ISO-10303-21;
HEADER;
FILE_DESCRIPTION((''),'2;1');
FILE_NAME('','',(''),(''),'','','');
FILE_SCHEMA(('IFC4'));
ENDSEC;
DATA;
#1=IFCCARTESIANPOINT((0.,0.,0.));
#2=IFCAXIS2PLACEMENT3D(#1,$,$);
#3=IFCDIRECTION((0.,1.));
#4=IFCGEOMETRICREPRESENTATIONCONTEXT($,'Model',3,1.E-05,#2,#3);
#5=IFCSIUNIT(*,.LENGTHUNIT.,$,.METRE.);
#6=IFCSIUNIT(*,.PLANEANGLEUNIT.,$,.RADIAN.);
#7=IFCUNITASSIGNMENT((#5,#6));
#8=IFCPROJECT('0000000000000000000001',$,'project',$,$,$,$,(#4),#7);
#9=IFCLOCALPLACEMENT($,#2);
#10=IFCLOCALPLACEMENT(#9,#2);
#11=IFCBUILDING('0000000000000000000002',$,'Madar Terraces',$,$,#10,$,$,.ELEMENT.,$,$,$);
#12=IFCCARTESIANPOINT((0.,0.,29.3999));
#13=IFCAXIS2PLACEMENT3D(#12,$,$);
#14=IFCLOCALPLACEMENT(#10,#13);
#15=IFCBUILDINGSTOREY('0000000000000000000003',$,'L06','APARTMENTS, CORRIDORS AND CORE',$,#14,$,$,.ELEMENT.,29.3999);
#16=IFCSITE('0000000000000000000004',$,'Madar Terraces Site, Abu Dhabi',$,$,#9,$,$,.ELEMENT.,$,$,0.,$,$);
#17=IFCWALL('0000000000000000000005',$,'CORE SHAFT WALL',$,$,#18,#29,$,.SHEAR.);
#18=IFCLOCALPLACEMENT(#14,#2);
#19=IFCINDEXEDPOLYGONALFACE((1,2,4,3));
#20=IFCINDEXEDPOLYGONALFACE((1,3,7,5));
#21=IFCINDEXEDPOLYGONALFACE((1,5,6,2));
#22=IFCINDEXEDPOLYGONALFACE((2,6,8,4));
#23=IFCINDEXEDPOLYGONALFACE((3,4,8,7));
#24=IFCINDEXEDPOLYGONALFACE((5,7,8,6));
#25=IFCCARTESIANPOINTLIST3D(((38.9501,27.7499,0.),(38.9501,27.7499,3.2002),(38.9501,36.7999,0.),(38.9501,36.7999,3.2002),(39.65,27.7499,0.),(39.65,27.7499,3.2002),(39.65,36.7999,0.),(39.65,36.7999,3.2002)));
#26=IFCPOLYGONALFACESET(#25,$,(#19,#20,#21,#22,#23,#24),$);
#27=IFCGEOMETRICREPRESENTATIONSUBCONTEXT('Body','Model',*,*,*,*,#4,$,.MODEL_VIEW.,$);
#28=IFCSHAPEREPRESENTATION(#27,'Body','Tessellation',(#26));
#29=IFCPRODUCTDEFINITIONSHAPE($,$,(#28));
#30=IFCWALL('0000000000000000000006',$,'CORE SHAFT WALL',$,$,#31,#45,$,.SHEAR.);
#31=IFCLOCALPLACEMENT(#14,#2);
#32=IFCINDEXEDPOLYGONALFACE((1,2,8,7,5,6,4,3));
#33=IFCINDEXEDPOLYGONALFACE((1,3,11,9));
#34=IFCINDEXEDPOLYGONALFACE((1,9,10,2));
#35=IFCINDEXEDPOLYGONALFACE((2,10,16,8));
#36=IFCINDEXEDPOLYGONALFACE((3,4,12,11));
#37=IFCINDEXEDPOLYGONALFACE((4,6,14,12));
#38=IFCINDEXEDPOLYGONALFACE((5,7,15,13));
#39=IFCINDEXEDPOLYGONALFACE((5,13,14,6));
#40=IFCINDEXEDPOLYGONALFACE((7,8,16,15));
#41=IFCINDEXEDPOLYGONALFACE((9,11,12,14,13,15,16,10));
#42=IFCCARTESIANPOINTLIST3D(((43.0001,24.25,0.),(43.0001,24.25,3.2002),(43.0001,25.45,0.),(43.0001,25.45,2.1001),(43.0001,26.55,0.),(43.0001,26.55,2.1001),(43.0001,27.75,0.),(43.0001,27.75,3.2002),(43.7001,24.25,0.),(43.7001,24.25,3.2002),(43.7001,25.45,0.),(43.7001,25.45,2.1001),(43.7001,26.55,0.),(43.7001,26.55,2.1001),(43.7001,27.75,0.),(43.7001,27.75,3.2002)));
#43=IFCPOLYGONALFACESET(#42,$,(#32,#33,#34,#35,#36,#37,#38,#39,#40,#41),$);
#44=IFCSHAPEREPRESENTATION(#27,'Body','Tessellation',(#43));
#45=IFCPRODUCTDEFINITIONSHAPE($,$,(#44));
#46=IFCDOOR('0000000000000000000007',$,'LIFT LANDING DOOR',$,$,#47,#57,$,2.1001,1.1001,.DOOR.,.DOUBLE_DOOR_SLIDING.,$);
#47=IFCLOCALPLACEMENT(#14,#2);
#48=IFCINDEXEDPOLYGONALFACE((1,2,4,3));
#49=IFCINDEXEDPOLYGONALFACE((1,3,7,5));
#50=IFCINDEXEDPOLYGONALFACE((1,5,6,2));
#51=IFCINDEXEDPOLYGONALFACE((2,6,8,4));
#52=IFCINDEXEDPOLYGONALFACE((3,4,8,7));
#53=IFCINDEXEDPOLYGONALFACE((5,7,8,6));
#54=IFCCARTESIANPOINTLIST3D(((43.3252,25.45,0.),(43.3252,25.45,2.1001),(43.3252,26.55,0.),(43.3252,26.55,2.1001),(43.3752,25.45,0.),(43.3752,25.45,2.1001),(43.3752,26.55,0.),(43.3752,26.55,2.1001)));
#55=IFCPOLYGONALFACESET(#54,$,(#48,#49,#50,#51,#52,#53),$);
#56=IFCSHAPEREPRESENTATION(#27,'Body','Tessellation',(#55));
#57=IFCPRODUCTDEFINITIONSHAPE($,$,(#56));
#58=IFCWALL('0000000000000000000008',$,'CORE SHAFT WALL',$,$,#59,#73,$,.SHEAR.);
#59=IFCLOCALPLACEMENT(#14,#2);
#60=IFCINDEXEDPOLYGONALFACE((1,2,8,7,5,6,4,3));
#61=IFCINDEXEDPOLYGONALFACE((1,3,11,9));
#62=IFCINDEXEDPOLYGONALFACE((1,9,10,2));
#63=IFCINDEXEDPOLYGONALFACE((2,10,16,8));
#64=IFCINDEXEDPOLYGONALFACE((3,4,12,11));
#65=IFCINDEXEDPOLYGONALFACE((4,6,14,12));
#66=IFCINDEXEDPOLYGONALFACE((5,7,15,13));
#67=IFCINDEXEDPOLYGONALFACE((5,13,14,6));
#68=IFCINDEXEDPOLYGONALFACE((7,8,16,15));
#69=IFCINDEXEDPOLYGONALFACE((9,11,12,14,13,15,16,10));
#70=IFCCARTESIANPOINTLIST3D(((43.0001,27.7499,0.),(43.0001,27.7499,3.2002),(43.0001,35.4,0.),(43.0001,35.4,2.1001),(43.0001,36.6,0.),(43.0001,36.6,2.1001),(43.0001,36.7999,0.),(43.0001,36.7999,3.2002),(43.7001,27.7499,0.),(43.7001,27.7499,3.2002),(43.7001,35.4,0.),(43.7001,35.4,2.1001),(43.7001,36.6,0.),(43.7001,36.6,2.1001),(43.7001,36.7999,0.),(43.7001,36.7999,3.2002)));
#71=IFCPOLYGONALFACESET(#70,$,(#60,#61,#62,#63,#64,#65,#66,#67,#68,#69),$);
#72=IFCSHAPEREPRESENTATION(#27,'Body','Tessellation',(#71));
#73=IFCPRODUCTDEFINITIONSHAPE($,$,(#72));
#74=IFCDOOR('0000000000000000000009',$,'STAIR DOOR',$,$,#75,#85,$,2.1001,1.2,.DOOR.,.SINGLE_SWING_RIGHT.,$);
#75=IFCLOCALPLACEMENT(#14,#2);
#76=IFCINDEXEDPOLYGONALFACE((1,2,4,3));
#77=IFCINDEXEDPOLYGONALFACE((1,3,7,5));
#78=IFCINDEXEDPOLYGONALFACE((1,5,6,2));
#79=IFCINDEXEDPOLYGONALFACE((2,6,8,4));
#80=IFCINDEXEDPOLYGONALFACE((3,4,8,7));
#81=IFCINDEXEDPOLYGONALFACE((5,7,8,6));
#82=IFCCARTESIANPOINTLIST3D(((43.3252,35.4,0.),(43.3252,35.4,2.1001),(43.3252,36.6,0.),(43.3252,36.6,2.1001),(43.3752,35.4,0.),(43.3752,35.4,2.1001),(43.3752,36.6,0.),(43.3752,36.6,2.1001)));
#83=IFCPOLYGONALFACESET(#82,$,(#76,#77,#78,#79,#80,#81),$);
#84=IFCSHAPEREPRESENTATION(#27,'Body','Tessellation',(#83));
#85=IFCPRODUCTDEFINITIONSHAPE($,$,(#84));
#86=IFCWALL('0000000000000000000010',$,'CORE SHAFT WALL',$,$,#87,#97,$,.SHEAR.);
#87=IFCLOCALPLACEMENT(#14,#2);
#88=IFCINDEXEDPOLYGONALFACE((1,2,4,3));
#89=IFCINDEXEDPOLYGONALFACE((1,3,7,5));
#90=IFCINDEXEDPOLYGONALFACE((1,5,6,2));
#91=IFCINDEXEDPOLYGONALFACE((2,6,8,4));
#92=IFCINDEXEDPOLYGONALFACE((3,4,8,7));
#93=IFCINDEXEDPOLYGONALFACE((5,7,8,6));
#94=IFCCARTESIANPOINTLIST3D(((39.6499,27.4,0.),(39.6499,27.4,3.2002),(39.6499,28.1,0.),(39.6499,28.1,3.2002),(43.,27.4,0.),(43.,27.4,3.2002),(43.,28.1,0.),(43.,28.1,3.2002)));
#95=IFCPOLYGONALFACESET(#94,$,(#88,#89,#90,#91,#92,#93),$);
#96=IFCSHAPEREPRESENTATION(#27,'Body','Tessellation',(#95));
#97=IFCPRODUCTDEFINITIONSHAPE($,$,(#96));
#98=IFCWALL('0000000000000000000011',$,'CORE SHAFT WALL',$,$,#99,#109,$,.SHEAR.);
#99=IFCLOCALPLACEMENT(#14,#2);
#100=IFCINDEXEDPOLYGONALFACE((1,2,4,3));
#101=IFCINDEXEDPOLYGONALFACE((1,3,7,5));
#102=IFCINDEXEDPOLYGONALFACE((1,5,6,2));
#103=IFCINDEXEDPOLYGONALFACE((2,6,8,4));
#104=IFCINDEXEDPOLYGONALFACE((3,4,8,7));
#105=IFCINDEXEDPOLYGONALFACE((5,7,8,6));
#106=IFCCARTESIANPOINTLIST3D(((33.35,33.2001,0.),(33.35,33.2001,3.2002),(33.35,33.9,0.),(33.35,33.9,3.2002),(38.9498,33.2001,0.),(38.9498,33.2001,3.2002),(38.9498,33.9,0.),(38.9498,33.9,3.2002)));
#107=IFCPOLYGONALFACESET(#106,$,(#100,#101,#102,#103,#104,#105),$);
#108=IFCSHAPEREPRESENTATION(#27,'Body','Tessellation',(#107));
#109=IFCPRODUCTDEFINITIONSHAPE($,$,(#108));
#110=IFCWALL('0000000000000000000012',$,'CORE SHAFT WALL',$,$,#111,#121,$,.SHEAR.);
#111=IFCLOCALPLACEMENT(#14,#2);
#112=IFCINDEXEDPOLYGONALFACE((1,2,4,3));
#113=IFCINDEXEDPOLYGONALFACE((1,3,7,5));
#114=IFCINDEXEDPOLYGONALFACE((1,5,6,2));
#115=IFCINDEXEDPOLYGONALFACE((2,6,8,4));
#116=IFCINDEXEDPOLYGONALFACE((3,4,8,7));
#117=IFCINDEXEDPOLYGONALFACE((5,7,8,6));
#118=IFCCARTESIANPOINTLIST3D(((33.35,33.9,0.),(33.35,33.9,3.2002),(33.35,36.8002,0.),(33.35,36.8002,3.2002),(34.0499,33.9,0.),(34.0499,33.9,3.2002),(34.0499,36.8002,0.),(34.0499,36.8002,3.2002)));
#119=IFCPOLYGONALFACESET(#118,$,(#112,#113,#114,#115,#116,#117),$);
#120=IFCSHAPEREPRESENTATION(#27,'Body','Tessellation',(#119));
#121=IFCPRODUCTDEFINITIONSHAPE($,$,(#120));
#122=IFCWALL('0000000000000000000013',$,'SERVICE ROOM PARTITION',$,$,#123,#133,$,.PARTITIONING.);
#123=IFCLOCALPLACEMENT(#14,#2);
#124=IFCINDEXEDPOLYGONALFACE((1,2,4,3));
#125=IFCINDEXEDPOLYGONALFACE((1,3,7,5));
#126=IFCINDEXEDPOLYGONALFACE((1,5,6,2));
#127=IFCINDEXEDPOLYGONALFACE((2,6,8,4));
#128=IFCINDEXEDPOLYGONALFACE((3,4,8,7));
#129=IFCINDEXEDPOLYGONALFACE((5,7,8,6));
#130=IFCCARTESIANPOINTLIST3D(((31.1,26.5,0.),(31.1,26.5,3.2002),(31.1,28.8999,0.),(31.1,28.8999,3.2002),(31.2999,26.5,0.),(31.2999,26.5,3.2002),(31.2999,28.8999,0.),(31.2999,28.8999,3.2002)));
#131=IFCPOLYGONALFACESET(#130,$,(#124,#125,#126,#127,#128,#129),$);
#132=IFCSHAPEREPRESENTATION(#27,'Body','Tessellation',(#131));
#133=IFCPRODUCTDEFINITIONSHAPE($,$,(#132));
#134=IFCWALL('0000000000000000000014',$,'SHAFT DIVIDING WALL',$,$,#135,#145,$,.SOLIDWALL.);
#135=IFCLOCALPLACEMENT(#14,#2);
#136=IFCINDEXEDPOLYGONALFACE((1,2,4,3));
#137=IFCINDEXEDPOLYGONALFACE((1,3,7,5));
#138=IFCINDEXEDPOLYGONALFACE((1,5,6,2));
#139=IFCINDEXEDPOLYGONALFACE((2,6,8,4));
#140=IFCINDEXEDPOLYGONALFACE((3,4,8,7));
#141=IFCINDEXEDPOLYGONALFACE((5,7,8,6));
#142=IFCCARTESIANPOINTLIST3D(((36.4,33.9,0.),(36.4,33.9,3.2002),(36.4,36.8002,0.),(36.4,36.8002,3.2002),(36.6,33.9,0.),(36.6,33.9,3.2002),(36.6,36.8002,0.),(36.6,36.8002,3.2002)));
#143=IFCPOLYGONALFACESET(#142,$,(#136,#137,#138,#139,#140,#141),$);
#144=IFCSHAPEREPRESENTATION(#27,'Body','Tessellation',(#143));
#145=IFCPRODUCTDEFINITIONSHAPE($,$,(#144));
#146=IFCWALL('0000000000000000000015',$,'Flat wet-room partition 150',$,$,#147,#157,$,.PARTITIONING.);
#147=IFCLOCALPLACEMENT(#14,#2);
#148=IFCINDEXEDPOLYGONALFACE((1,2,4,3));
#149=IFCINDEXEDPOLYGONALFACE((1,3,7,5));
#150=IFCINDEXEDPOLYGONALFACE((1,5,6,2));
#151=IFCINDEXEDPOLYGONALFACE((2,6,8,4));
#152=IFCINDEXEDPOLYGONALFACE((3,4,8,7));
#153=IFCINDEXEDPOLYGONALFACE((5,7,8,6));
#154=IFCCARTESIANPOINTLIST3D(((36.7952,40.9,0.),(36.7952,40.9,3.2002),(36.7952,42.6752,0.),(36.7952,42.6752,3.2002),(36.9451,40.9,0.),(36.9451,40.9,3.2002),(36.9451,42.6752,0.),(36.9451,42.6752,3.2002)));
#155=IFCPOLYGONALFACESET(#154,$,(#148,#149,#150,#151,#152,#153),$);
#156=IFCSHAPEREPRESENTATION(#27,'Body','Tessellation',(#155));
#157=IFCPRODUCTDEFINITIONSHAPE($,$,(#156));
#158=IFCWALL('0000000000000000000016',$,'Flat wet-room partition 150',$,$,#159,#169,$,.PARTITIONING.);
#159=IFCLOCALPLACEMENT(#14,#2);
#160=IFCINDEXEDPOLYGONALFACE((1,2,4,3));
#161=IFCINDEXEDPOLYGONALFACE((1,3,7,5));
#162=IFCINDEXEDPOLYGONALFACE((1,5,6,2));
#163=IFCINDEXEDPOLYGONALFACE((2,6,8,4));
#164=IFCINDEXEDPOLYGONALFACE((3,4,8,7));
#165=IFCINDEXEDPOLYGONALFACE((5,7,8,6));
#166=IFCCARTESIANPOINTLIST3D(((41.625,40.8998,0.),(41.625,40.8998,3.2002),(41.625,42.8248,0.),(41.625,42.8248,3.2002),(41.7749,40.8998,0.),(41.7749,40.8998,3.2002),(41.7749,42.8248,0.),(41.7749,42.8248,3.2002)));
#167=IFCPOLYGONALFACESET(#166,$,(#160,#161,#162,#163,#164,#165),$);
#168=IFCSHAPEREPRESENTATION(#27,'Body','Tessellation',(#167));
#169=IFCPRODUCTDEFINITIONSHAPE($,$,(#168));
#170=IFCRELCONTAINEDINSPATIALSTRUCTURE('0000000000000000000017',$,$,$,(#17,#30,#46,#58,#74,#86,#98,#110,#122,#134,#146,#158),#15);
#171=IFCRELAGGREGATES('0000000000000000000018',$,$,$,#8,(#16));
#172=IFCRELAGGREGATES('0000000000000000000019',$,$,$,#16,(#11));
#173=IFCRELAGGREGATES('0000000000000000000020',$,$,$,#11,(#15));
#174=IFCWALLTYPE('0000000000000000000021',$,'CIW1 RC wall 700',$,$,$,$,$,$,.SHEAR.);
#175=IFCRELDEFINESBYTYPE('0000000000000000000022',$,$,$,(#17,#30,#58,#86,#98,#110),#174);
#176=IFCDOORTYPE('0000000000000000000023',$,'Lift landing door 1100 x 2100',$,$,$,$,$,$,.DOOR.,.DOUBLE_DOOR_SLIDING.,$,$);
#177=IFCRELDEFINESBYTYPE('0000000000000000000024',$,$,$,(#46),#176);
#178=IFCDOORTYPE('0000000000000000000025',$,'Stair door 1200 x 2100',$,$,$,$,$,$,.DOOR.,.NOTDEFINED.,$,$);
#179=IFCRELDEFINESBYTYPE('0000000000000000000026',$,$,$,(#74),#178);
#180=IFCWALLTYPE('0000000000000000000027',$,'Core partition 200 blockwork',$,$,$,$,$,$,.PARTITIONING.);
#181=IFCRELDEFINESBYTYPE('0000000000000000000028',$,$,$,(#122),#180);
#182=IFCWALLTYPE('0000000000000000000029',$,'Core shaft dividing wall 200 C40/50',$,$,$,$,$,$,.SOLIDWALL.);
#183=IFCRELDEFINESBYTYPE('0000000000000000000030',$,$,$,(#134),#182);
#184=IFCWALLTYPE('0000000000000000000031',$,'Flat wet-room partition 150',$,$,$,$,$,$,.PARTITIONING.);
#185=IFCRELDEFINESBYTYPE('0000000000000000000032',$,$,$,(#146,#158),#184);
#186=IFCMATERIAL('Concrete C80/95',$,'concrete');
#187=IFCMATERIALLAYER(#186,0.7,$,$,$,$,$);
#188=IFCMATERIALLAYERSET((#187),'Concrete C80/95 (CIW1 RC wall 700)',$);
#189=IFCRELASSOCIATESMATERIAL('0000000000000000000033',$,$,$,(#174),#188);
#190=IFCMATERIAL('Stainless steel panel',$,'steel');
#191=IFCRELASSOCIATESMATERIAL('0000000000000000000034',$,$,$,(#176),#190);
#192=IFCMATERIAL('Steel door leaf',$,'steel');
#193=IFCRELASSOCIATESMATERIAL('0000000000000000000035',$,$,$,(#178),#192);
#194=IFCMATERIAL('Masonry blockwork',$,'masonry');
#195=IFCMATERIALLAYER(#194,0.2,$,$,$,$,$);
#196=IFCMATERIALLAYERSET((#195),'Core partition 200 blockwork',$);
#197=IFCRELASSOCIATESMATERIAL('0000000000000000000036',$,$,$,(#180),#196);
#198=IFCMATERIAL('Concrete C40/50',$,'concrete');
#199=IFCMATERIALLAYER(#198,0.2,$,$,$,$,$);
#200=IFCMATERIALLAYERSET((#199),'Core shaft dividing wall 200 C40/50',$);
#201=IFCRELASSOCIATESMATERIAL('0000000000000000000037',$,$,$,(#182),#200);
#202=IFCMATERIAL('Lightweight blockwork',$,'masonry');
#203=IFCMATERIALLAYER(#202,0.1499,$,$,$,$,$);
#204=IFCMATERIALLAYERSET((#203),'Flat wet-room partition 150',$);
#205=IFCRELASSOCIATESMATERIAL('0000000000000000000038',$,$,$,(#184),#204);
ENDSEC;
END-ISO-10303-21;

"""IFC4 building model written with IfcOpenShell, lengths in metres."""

from ifc_helpers import new_model, si_unit, direction, frame, frame_2d, origin, place, context, subcontext, project, spatial, rectangle, extrude, material, layer, layer_set, type_object, element, fill, save


model = new_model("IFC4")

# Units and contexts
model_context = context("Model", 3, precision=1e-05, world=origin(), true_north=direction((0.0, 1.0)))
body_context = subcontext(model_context, "Body", "Model", "MODEL_VIEW")
ifc_project = project(units=[si_unit("LENGTHUNIT", "METRE"), si_unit("PLANEANGLEUNIT", "RADIAN")], contexts=[model_context])

# Site, building, storey
site_placement = place(None, origin())
site = spatial("IfcSite", under=ifc_project, at=site_placement, Name="Madar Terraces Site, Abu Dhabi", CompositionType="ELEMENT", RefElevation=0.0)
building_placement = place(site_placement, origin())
building = spatial("IfcBuilding", under=site, at=building_placement, Name="Madar Terraces", CompositionType="ELEMENT")
storey_placement = place(building_placement, frame((0.0, 0.0, 29.3999)))
storey = spatial("IfcBuildingStorey", under=building, at=storey_placement, Name="L06", Description="APARTMENTS, CORRIDORS AND CORE", CompositionType="ELEMENT", Elevation=29.3999)

# Wall
ifc_material_1 = material(Name="Concrete C80/95", Category="concrete")
ifc_layer_1 = layer(ifc_material_1, 0.7)
ifc_layer_set_1 = layer_set([ifc_layer_1], Name="Concrete C80/95 (CIW1 RC wall 700)")
wall_type_1 = type_object("IfcWallType", Name="CIW1 RC wall 700", PredefinedType="SHEAR", material=ifc_layer_set_1)
wall_1_placement = place(storey_placement, frame((39.3, 27.75, 0.0), z_axis=(0.0, 0.0, 1.0), x_axis=(0.0, 1.0, 0.0)))
element("IfcWall", 1, at=wall_1_placement, inside=storey, type_object=wall_type_1, Name="CORE SHAFT WALL", PredefinedType="SHEAR", context=body_context, shape_type="SweptSolid", body=[
    extrude(rectangle(XDim=9.05, YDim=0.7, at=frame_2d((4.5249, 0.0))), origin(), (0.0, 0.0, 1.0), 3.2002),
])

# Walls, openings, doors
wall_2_placement = place(storey_placement, frame((43.3501, 24.25, 0.0), z_axis=(0.0, 0.0, 1.0), x_axis=(0.0, 1.0, 0.0)))
wall_2 = element("IfcWall", 2, at=wall_2_placement, inside=storey, type_object=wall_type_1, Name="CORE SHAFT WALL", PredefinedType="SHEAR", context=body_context, shape_type="SweptSolid", body=[
    extrude(rectangle(XDim=3.5, YDim=0.7, at=frame_2d((1.75, 0.0))), origin(), (0.0, 0.0, 1.0), 3.2002),
])
opening_1_placement = place(wall_2_placement, frame((1.2, 0.0, 0.0)))
opening_1 = element("IfcOpeningElement", 3, at=opening_1_placement, cuts=wall_2, PredefinedType="OPENING", context=body_context, shape_type="SweptSolid", body=[
    extrude(rectangle(XDim=1.1001, YDim=2.1001, at=frame_2d((0.55, 1.05))), frame((0.0, 0.3599, 0.0), z_axis=(0.0, -1.0, 0.0), x_axis=(1.0, 0.0, 0.0)), (0.0, 0.0, 1.0), 0.72),
])
ifc_material_2 = material(Name="Stainless steel panel", Category="steel")
door_type_1 = type_object("IfcDoorType", Name="Lift landing door 1100 x 2100", OperationType="DOUBLE_DOOR_SLIDING", PredefinedType="DOOR", material=ifc_material_2)
door_1_placement = place(opening_1_placement, origin())
door_1 = element("IfcDoor", 4, at=door_1_placement, inside=storey, type_object=door_type_1, Name="LIFT LANDING DOOR", OperationType="DOUBLE_DOOR_SLIDING", OverallHeight=2.1001, OverallWidth=1.1001, PredefinedType="DOOR", context=body_context, shape_type="SweptSolid", body=[
    extrude(rectangle(XDim=1.1001, YDim=2.1001, at=frame_2d((0.55, 1.05))), frame((0.0, 0.0249, 0.0), z_axis=(0.0, -1.0, 0.0), x_axis=(1.0, 0.0, 0.0)), (0.0, 0.0, 1.0), 0.05),
])
fill(opening_1, door_1)
wall_3_placement = place(storey_placement, frame((43.3501, 27.75, 0.0), z_axis=(0.0, 0.0, 1.0), x_axis=(0.0, 1.0, 0.0)))
wall_3 = element("IfcWall", 5, at=wall_3_placement, inside=storey, type_object=wall_type_1, Name="CORE SHAFT WALL", PredefinedType="SHEAR", context=body_context, shape_type="SweptSolid", body=[
    extrude(rectangle(XDim=9.05, YDim=0.7, at=frame_2d((4.5249, 0.0))), origin(), (0.0, 0.0, 1.0), 3.2002),
])
opening_2_placement = place(wall_3_placement, frame((7.6499, 0.0, 0.0)))
opening_2 = element("IfcOpeningElement", 6, at=opening_2_placement, cuts=wall_3, PredefinedType="OPENING", context=body_context, shape_type="SweptSolid", body=[
    extrude(rectangle(XDim=1.2, YDim=2.1001, at=frame_2d((0.6001, 1.05))), frame((0.0, 0.3599, 0.0), z_axis=(0.0, -1.0, 0.0), x_axis=(1.0, 0.0, 0.0)), (0.0, 0.0, 1.0), 0.72),
])
ifc_material_3 = material(Name="Steel door leaf", Category="steel")
door_type_2 = type_object("IfcDoorType", Name="Stair door 1200 x 2100", OperationType="NOTDEFINED", PredefinedType="DOOR", material=ifc_material_3)
door_2_placement = place(opening_2_placement, origin())
door_2 = element("IfcDoor", 7, at=door_2_placement, inside=storey, type_object=door_type_2, Name="STAIR DOOR", OperationType="SINGLE_SWING_RIGHT", OverallHeight=2.1001, OverallWidth=1.2, PredefinedType="DOOR", context=body_context, shape_type="SweptSolid", body=[
    extrude(rectangle(XDim=1.2, YDim=2.1001, at=frame_2d((0.6001, 1.05))), frame((0.0, 0.0249, 0.0), z_axis=(0.0, -1.0, 0.0), x_axis=(1.0, 0.0, 0.0)), (0.0, 0.0, 1.0), 0.05),
])
fill(opening_2, door_2)

# Walls
wall_4_placement = place(storey_placement, frame((39.6499, 27.75, 0.0), z_axis=(0.0, 0.0, 1.0), x_axis=(1.0, 0.0, 0.0)))
element("IfcWall", 8, at=wall_4_placement, inside=storey, type_object=wall_type_1, Name="CORE SHAFT WALL", PredefinedType="SHEAR", context=body_context, shape_type="SweptSolid", body=[
    extrude(rectangle(XDim=3.3501, YDim=0.7, at=frame_2d((1.675, 0.0))), origin(), (0.0, 0.0, 1.0), 3.2002),
])
wall_5_placement = place(storey_placement, frame((33.3501, 33.55, 0.0), z_axis=(0.0, 0.0, 1.0), x_axis=(1.0, 0.0, 0.0)))
element("IfcWall", 9, at=wall_5_placement, inside=storey, type_object=wall_type_1, Name="CORE SHAFT WALL", PredefinedType="SHEAR", context=body_context, shape_type="SweptSolid", body=[
    extrude(rectangle(XDim=5.5999, YDim=0.7, at=frame_2d((2.7998, 0.0))), origin(), (0.0, 0.0, 1.0), 3.2002),
])
wall_6_placement = place(storey_placement, frame((33.7, 33.8999, 0.0), z_axis=(0.0, 0.0, 1.0), x_axis=(0.0, 1.0, 0.0)))
element("IfcWall", 10, at=wall_6_placement, inside=storey, type_object=wall_type_1, Name="CORE SHAFT WALL", PredefinedType="SHEAR", context=body_context, shape_type="SweptSolid", body=[
    extrude(rectangle(XDim=2.9001, YDim=0.7, at=frame_2d((1.4502, 0.0))), origin(), (0.0, 0.0, 1.0), 3.2002),
])
ifc_material_4 = material(Name="Masonry blockwork", Category="masonry")
ifc_layer_2 = layer(ifc_material_4, 0.2)
ifc_layer_set_2 = layer_set([ifc_layer_2], Name="Core partition 200 blockwork")
wall_type_2 = type_object("IfcWallType", Name="Core partition 200 blockwork", PredefinedType="PARTITIONING", material=ifc_layer_set_2)
wall_7_placement = place(storey_placement, frame((31.2, 26.5, 0.0), z_axis=(0.0, 0.0, 1.0), x_axis=(0.0, 1.0, 0.0)))
element("IfcWall", 11, at=wall_7_placement, inside=storey, type_object=wall_type_2, Name="SERVICE ROOM PARTITION", PredefinedType="PARTITIONING", context=body_context, shape_type="SweptSolid", body=[
    extrude(rectangle(XDim=2.3999, YDim=0.2, at=frame_2d((1.2, 0.0))), origin(), (0.0, 0.0, 1.0), 3.2002),
])
ifc_material_5 = material(Name="Concrete C40/50", Category="concrete")
ifc_layer_3 = layer(ifc_material_5, 0.2)
ifc_layer_set_3 = layer_set([ifc_layer_3], Name="Core shaft dividing wall 200 C40/50")
wall_type_3 = type_object("IfcWallType", Name="Core shaft dividing wall 200 C40/50", PredefinedType="SOLIDWALL", material=ifc_layer_set_3)
wall_8_placement = place(storey_placement, frame((36.5, 33.8999, 0.0), z_axis=(0.0, 0.0, 1.0), x_axis=(0.0, 1.0, 0.0)))
element("IfcWall", 12, at=wall_8_placement, inside=storey, type_object=wall_type_3, Name="SHAFT DIVIDING WALL", PredefinedType="SOLIDWALL", context=body_context, shape_type="SweptSolid", body=[
    extrude(rectangle(XDim=2.9001, YDim=0.2, at=frame_2d((1.4502, 0.0))), origin(), (0.0, 0.0, 1.0), 3.2002),
])
ifc_material_6 = material(Name="Lightweight blockwork", Category="masonry")
ifc_layer_4 = layer(ifc_material_6, 0.1499)
ifc_layer_set_4 = layer_set([ifc_layer_4], Name="Flat wet-room partition 150")
wall_type_4 = type_object("IfcWallType", Name="Flat wet-room partition 150", PredefinedType="PARTITIONING", material=ifc_layer_set_4)
wall_9_placement = place(storey_placement, frame((36.8701, 40.8999, 0.0), z_axis=(0.0, 0.0, 1.0), x_axis=(0.0, 1.0, 0.0)))
element("IfcWall", 13, at=wall_9_placement, inside=storey, type_object=wall_type_4, Name="Flat wet-room partition 150", PredefinedType="PARTITIONING", context=body_context, shape_type="SweptSolid", body=[
    extrude(rectangle(XDim=1.7751, YDim=0.1499, at=frame_2d((0.8877, 0.0))), origin(), (0.0, 0.0, 1.0), 3.2002),
])
wall_10_placement = place(storey_placement, frame((41.7, 40.8999, 0.0), z_axis=(0.0, 0.0, 1.0), x_axis=(0.0, 1.0, 0.0)))
element("IfcWall", 14, at=wall_10_placement, inside=storey, type_object=wall_type_4, Name="Flat wet-room partition 150", PredefinedType="PARTITIONING", context=body_context, shape_type="SweptSolid", body=[
    extrude(rectangle(XDim=1.925, YDim=0.1499, at=frame_2d((0.9624, 0.0))), origin(), (0.0, 0.0, 1.0), 3.2002),
])

save(model, "model.ifc")
